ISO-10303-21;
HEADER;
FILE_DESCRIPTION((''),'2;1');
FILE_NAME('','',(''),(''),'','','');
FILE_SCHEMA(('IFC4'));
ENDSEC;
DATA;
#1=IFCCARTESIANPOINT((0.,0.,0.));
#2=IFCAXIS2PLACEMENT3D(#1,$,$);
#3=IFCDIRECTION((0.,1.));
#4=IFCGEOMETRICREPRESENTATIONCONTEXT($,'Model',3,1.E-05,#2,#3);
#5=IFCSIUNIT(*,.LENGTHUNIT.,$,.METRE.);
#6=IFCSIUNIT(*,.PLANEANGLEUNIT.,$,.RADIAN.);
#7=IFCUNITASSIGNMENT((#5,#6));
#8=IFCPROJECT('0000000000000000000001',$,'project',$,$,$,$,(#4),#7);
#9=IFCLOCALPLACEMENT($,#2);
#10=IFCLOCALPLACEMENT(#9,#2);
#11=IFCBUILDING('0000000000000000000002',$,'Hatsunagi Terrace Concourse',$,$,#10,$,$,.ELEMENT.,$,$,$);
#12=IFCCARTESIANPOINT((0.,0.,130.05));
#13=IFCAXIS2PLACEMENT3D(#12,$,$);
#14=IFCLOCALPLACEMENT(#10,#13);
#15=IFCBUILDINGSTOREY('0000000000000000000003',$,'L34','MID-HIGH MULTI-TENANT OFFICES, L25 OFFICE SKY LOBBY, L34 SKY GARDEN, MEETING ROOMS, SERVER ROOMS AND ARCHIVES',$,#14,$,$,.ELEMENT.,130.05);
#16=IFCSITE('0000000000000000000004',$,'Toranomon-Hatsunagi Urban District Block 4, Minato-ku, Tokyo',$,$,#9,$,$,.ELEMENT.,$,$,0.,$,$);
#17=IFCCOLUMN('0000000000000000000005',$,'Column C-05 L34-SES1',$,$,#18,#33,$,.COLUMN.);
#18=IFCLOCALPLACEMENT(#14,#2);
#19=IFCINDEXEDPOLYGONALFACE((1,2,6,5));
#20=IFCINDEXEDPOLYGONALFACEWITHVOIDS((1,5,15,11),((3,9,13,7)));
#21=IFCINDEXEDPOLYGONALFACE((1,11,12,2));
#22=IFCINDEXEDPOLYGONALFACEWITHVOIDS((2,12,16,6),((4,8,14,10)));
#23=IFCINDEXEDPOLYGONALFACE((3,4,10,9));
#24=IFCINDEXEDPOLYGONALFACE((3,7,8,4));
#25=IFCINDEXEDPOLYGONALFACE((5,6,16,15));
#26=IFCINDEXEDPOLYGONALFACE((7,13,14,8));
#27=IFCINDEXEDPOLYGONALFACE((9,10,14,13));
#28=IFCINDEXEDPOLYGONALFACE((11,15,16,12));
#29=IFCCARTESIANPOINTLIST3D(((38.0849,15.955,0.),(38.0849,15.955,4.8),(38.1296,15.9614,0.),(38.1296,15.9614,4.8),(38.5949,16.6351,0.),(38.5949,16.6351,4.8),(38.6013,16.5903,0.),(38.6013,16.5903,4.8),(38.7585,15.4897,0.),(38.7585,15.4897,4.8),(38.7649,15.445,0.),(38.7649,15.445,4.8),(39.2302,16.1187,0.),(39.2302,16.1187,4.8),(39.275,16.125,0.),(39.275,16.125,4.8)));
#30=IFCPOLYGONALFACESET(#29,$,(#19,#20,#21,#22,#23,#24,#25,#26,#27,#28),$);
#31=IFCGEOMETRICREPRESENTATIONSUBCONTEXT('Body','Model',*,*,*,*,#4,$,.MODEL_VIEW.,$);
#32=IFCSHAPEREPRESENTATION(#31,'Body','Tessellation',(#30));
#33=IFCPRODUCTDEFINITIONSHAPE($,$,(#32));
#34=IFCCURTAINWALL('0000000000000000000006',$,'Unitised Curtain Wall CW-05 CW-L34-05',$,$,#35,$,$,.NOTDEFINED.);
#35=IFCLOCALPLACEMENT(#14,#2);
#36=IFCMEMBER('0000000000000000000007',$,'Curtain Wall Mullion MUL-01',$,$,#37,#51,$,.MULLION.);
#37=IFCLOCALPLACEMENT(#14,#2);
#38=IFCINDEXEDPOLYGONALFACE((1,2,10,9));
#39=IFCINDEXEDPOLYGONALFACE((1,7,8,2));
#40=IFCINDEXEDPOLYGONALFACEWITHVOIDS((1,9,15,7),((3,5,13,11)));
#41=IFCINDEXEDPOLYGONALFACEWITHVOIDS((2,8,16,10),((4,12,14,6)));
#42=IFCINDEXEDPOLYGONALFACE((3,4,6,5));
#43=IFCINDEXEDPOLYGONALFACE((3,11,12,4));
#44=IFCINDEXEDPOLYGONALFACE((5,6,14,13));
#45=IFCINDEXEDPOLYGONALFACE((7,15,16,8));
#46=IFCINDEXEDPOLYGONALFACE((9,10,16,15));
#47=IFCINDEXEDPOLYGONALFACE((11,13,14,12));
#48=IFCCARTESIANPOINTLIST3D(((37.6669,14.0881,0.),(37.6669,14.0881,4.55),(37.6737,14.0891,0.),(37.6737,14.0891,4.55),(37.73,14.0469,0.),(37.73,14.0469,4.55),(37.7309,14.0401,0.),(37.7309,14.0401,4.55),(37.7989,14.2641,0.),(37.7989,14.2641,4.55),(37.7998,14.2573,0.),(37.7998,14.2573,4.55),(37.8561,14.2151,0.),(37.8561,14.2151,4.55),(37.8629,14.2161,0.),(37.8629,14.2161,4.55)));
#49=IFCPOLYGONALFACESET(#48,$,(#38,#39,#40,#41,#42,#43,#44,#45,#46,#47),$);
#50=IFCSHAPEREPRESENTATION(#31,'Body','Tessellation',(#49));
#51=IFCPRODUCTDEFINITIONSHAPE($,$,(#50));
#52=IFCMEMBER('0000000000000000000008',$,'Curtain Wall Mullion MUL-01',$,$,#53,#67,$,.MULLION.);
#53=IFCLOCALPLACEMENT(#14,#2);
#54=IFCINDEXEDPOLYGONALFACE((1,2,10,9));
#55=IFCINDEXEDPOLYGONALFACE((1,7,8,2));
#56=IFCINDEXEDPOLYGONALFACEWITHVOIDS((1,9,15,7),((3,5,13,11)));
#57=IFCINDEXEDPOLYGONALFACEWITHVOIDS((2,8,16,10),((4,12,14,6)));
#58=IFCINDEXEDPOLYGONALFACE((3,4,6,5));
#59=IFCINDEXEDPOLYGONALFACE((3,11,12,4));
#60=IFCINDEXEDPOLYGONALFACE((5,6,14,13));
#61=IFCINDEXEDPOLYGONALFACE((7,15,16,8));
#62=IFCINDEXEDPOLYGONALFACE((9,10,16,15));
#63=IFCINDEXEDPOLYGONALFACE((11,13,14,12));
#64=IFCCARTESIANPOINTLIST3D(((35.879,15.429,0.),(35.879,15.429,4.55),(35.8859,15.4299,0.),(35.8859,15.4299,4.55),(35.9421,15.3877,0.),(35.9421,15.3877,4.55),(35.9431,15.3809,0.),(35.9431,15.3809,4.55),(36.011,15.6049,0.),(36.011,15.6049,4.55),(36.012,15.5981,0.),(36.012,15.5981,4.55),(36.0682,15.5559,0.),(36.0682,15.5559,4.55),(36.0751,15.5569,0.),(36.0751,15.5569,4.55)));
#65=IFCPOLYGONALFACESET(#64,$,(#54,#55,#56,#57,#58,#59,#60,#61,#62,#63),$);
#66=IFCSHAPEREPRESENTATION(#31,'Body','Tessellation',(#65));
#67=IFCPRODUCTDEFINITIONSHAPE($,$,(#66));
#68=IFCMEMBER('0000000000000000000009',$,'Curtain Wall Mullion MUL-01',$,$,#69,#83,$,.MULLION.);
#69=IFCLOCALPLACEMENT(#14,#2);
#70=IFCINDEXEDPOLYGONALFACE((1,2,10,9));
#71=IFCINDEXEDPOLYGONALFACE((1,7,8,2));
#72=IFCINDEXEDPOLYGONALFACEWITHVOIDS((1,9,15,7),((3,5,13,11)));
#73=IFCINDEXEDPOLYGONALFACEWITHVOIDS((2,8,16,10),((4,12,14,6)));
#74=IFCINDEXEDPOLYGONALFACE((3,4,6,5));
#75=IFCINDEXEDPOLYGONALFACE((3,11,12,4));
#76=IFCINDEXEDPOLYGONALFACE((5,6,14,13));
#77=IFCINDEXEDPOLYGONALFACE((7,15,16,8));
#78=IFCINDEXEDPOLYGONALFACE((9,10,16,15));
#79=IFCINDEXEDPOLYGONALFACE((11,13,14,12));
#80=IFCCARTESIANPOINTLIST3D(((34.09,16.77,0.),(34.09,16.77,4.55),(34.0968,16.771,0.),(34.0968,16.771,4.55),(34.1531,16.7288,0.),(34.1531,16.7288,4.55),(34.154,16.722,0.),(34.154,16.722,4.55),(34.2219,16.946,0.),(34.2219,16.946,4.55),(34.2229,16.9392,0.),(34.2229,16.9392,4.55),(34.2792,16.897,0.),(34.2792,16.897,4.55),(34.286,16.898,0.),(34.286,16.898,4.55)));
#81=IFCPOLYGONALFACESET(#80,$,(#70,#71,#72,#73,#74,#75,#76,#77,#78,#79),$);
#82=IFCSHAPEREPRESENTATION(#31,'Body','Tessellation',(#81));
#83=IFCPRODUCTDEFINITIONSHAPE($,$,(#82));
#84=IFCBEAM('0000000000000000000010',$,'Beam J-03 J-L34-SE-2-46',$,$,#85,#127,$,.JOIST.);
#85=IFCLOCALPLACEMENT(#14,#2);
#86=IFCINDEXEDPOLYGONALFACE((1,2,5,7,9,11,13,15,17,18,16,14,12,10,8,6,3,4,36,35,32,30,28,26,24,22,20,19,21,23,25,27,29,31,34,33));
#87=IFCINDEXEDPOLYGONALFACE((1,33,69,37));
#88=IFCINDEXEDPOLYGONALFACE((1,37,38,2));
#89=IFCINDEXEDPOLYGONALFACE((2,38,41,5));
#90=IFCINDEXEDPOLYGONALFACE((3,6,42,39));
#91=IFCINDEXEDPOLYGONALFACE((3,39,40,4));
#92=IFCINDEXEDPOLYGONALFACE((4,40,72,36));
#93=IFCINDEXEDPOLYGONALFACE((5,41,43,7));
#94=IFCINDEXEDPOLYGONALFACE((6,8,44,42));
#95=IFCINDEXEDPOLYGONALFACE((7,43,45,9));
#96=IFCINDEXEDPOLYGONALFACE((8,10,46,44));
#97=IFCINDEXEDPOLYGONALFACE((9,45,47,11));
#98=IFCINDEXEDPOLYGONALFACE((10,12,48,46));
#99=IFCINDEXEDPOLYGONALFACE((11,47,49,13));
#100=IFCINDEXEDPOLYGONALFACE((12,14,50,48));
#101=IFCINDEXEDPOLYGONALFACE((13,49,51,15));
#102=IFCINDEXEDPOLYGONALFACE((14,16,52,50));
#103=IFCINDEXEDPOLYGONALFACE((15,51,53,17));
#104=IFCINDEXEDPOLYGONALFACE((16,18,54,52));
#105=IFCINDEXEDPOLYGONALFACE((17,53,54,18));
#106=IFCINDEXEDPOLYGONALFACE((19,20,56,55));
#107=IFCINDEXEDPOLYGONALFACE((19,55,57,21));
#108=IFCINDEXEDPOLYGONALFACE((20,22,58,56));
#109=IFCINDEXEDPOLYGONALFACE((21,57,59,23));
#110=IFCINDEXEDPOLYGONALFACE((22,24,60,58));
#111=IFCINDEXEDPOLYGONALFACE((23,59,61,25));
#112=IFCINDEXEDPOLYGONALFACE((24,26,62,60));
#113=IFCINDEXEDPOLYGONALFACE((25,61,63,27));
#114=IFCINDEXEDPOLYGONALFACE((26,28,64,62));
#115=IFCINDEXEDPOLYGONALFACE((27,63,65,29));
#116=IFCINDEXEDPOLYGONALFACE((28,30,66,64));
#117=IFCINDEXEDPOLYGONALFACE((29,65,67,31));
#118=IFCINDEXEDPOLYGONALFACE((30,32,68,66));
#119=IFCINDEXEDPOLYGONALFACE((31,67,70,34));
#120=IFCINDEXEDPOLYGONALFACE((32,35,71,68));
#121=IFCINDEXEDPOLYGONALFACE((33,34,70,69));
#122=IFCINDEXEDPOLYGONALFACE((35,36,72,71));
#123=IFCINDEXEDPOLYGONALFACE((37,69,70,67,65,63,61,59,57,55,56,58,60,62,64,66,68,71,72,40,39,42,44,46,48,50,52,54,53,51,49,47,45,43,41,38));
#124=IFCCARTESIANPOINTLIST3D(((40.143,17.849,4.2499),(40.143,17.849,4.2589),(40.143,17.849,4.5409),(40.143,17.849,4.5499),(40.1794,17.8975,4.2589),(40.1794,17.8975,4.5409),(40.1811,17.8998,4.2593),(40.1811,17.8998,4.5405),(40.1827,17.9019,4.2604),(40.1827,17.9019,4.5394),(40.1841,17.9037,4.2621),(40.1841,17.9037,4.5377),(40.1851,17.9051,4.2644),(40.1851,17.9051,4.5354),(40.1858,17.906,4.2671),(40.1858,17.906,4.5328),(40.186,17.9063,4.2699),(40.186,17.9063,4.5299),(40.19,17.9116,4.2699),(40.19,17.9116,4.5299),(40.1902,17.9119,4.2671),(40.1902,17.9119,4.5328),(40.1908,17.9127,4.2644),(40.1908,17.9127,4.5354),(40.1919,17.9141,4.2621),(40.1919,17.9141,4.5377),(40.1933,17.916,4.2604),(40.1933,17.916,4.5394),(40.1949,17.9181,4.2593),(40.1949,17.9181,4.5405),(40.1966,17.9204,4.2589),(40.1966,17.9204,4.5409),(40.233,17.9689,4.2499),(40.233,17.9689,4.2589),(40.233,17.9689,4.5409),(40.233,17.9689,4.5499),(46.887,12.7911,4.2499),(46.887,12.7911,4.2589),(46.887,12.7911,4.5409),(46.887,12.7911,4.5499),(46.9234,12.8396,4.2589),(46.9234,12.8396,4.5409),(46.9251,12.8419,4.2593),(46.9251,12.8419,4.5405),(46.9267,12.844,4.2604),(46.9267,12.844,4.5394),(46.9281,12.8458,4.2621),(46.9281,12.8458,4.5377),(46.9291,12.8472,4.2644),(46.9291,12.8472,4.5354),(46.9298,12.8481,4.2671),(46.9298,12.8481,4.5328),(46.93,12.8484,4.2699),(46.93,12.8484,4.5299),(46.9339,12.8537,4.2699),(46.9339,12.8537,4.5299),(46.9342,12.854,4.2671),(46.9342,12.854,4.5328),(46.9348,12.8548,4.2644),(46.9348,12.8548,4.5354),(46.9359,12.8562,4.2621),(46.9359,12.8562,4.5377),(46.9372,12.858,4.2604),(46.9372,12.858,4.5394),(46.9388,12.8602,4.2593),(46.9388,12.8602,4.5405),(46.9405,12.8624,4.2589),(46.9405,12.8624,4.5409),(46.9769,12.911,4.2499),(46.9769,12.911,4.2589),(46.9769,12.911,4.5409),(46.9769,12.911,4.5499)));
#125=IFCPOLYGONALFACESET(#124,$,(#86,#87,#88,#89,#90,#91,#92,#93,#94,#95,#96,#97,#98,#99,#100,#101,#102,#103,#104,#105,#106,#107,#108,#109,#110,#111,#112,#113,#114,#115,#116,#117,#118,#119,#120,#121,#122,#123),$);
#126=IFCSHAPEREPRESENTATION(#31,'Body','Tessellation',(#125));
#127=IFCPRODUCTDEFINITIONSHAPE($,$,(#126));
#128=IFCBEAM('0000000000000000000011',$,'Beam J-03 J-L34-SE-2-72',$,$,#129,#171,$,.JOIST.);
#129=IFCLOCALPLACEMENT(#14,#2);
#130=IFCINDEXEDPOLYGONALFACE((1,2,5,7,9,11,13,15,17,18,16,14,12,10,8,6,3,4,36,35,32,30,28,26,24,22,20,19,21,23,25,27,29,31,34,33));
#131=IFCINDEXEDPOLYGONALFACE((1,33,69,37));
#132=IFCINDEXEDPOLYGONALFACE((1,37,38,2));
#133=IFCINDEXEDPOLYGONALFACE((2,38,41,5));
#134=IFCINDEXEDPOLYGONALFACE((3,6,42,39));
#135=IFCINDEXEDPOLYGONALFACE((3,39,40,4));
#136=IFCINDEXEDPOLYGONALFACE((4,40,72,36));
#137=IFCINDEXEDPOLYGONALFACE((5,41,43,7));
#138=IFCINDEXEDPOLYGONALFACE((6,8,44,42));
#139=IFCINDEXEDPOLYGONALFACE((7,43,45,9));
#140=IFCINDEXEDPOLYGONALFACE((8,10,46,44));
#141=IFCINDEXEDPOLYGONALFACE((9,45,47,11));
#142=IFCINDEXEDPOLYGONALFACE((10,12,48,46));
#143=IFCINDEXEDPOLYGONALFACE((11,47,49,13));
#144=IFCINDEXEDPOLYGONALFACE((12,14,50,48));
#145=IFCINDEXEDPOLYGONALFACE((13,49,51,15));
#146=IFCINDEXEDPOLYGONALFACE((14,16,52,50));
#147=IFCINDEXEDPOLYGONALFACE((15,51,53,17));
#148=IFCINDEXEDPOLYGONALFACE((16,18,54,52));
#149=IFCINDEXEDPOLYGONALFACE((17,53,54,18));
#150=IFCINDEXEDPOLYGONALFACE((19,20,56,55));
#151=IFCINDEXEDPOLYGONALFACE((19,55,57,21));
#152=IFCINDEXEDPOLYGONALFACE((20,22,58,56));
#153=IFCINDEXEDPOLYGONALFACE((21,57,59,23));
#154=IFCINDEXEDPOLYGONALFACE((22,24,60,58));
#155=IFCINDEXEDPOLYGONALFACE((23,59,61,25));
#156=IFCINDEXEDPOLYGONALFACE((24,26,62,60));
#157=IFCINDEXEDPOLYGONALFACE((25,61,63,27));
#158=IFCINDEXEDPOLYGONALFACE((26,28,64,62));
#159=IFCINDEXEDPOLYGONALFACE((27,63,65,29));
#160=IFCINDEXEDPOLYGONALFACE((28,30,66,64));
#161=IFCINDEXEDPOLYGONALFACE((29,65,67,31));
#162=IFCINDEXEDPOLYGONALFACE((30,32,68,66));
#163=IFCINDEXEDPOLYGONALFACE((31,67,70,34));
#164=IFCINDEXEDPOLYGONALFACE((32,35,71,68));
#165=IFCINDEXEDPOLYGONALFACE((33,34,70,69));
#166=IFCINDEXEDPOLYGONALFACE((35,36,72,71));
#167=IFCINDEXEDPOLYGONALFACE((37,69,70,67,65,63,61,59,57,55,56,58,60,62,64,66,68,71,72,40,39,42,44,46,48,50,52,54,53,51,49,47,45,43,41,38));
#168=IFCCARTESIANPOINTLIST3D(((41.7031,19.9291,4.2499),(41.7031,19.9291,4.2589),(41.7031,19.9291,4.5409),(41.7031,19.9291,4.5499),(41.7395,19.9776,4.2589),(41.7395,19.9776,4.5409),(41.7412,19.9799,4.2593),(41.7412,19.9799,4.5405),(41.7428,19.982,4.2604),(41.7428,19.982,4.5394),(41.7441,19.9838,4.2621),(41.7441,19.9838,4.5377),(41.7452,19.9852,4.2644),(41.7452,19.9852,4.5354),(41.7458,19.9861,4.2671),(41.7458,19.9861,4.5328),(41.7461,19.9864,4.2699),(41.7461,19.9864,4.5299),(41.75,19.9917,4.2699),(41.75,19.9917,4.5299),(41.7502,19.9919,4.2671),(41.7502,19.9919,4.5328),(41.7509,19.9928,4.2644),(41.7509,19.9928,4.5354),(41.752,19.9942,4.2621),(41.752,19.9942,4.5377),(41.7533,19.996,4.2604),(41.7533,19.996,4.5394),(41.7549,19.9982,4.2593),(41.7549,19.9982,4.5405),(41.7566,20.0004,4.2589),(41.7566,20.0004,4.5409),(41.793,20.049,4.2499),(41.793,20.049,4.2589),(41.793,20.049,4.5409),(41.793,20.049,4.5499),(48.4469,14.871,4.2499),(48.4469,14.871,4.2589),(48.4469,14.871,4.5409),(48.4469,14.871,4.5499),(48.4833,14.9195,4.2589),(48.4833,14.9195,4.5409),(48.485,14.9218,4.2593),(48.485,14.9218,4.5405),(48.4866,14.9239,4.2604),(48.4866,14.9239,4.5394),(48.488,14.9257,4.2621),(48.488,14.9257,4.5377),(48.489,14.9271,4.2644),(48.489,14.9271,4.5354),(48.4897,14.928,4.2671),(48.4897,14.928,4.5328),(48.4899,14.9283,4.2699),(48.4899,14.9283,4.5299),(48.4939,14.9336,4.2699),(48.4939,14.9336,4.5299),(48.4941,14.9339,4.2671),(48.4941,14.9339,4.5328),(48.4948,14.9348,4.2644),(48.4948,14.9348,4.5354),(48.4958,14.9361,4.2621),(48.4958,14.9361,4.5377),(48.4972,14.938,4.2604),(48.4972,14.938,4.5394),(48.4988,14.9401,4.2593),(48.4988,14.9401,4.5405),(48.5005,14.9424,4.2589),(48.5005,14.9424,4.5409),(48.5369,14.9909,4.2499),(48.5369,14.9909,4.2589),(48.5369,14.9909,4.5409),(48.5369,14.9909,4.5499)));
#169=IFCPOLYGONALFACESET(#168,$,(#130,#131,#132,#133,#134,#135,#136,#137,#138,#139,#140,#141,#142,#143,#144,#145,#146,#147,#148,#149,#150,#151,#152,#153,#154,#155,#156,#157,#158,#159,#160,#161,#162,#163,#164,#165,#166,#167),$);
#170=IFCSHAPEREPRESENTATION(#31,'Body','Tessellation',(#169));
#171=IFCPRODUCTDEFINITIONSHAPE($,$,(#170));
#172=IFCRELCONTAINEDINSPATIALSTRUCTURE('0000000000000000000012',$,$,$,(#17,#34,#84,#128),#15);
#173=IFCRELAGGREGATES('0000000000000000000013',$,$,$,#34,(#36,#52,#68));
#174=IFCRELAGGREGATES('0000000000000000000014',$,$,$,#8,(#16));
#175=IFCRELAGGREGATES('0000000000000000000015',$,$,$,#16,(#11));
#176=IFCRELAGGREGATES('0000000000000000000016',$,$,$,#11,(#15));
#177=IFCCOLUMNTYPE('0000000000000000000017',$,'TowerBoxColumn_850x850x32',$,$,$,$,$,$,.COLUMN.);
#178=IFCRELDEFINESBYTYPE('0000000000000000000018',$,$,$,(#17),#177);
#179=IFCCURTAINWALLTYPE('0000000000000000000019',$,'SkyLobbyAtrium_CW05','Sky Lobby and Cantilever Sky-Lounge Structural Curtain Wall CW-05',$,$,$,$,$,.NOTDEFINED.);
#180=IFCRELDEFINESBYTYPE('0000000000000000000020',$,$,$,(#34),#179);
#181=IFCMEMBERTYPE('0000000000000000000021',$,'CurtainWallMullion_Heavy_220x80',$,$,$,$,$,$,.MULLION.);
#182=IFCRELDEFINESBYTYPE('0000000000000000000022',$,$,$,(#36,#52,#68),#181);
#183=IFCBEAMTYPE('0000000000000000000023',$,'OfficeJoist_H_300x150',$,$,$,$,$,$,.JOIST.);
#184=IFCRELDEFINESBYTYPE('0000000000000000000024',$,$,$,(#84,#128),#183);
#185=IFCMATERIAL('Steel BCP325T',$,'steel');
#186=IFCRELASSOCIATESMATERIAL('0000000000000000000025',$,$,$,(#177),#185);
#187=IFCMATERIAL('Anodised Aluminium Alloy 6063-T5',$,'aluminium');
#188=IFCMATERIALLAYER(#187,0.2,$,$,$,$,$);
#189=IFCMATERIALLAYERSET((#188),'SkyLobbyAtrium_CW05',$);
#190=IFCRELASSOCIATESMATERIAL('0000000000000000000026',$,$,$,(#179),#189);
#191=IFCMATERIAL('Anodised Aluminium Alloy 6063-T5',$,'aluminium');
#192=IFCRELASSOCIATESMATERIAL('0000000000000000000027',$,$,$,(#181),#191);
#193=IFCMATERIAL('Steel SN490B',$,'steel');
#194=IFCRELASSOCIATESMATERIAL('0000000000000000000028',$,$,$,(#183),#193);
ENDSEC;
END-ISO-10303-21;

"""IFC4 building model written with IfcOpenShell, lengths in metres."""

from ifc_helpers import new_model, si_unit, direction, frame, origin, origin_2d, place, context, subcontext, project, spatial, hollow_rectangle, i_section, extrude, material, layer, layer_set, material_profile, profile_set, type_object, element, aggregate, save


model = new_model("IFC4")

# Units and contexts
model_context = context("Model", 3, precision=1e-05, world=origin(), true_north=direction((0.0, 1.0)))
body_context = subcontext(model_context, "Body", "Model", "MODEL_VIEW")
ifc_project = project(units=[si_unit("LENGTHUNIT", "METRE"), si_unit("PLANEANGLEUNIT", "RADIAN")], contexts=[model_context])

# Site, building, storey
site_placement = place(None, origin())
site = spatial("IfcSite", under=ifc_project, at=site_placement, Name="Toranomon-Hatsunagi Urban District Block 4, Minato-ku, Tokyo", CompositionType="ELEMENT", RefElevation=0.0)
building_placement = place(site_placement, origin())
building = spatial("IfcBuilding", under=site, at=building_placement, Name="Hatsunagi Terrace Concourse", CompositionType="ELEMENT")
storey_placement = place(building_placement, frame((0.0, 0.0, 130.05)))
storey = spatial("IfcBuildingStorey", under=building, at=storey_placement, Name="L34", Description="MID-HIGH MULTI-TENANT OFFICES, L25 OFFICE SKY LOBBY, L34 SKY GARDEN, MEETING ROOMS, SERVER ROOMS AND ARCHIVES", CompositionType="ELEMENT", Elevation=130.05)

# Column
ifc_material_1 = material(Name="Steel BCP325T", Category="steel")
ifc_material_profile_1 = material_profile(ifc_material_1, hollow_rectangle(XDim=0.8501, YDim=0.8501, WallThickness=0.032, at=origin_2d()), Name="BCP-850x850x32")
ifc_profile_set_1 = profile_set([ifc_material_profile_1], Name="Steel BCP325T")
column_type = type_object("IfcColumnType", Name="TowerBoxColumn_850x850x32", PredefinedType="COLUMN", material=ifc_profile_set_1)
column_placement = place(storey_placement, frame((38.6799, 16.04, 0.0), z_axis=(0.0, 0.0, 1.0), x_axis=(0.8, -0.6, 0.0)))
element("IfcColumn", 1, at=column_placement, inside=storey, type_object=column_type, Name="Column C-05 L34-SES1", PredefinedType="COLUMN", context=body_context, shape_type="SweptSolid", body=[
    extrude(hollow_rectangle(XDim=0.8501, YDim=0.8501, WallThickness=0.032, at=origin_2d()), origin(), (0.0, 0.0, 1.0), 4.8),
])

# Curtain wall, members
ifc_material_2 = material(Name="Anodised Aluminium Alloy 6063-T5", Category="aluminium")
ifc_layer_1 = layer(ifc_material_2, 0.2)
ifc_layer_set_1 = layer_set([ifc_layer_1], Name="SkyLobbyAtrium_CW05")
curtain_wall_type = type_object("IfcCurtainWallType", Name="SkyLobbyAtrium_CW05", Description="Sky Lobby and Cantilever Sky-Lounge Structural Curtain Wall CW-05", PredefinedType="NOTDEFINED", material=ifc_layer_set_1)
curtain_wall_placement = place(storey_placement, origin())
curtain_wall = element("IfcCurtainWall", 2, at=curtain_wall_placement, inside=storey, type_object=curtain_wall_type, Name="Unitised Curtain Wall CW-05 CW-L34-05", PredefinedType="NOTDEFINED")
ifc_material_3 = material(Name="Anodised Aluminium Alloy 6063-T5", Category="aluminium")
ifc_material_profile_2 = material_profile(ifc_material_3, hollow_rectangle(XDim=0.0801, YDim=0.22, WallThickness=0.0049, at=origin_2d()), Name="ALU-MUL-220x80x5")
ifc_profile_set_2 = profile_set([ifc_material_profile_2], Name="Anodised Aluminium Alloy 6063-T5")
member_type = type_object("IfcMemberType", Name="CurtainWallMullion_Heavy_220x80", PredefinedType="MULLION", material=ifc_profile_set_2)
member_1_placement = place(storey_placement, frame((37.7649, 14.1521, 0.0), z_axis=(0.0, 0.0, 1.0), x_axis=(-0.800005, 0.599993, 0.0)))
member_1 = element("IfcMember", 3, at=member_1_placement, type_object=member_type, Name="Curtain Wall Mullion MUL-01", PredefinedType="MULLION", context=body_context, shape_type="SweptSolid", body=[
    extrude(hollow_rectangle(XDim=0.0801, YDim=0.22, WallThickness=0.0049, at=origin_2d()), origin(), (0.0, 0.0, 1.0), 4.55),
])
member_2_placement = place(storey_placement, frame((35.9771, 15.4929, 0.0), z_axis=(0.0, 0.0, 1.0), x_axis=(-0.800005, 0.599993, 0.0)))
member_2 = element("IfcMember", 4, at=member_2_placement, type_object=member_type, Name="Curtain Wall Mullion MUL-01", PredefinedType="MULLION", context=body_context, shape_type="SweptSolid", body=[
    extrude(hollow_rectangle(XDim=0.0801, YDim=0.22, WallThickness=0.0049, at=origin_2d()), origin(), (0.0, 0.0, 1.0), 4.55),
])
member_3_placement = place(storey_placement, frame((34.188, 16.834, 0.0), z_axis=(0.0, 0.0, 1.0), x_axis=(-0.800005, 0.599993, 0.0)))
member_3 = element("IfcMember", 5, at=member_3_placement, type_object=member_type, Name="Curtain Wall Mullion MUL-01", PredefinedType="MULLION", context=body_context, shape_type="SweptSolid", body=[
    extrude(hollow_rectangle(XDim=0.0801, YDim=0.22, WallThickness=0.0049, at=origin_2d()), origin(), (0.0, 0.0, 1.0), 4.55),
])

# Beams
ifc_material_4 = material(Name="Steel SN490B", Category="steel")
ifc_material_profile_3 = material_profile(ifc_material_4, i_section(OverallWidth=0.1499, OverallDepth=0.3, WebThickness=0.0066, FlangeThickness=0.009, FilletRadius=0.011, at=origin_2d()), Name="H-300x150x6.5x9")
ifc_profile_set_3 = profile_set([ifc_material_profile_3], Name="Steel SN490B")
beam_type_1 = type_object("IfcBeamType", Name="OfficeJoist_H_300x150", PredefinedType="JOIST", material=ifc_profile_set_3)
for number, where, z_axis, x_axis, name in (
    (6, (40.188, 17.9089, 4.3999), (0.800003, -0.599995, 0.0), (0.599995, 0.800003, 0.0), "Beam J-03 J-L34-SE-2-46"),
    (7, (41.748, 19.989, 4.3999), (0.79999, -0.600014, 0.0), (0.600014, 0.79999, 0.0), "Beam J-03 J-L34-SE-2-72"),
):
    element("IfcBeam", number, at=place(storey_placement, frame(where, z_axis=z_axis, x_axis=x_axis)), inside=storey, type_object=beam_type_1, Name=name, PredefinedType="JOIST", context=body_context, shape_type="SweptSolid", body=[
        extrude(i_section(OverallWidth=0.1499, OverallDepth=0.3, WebThickness=0.0066, FlangeThickness=0.009, FilletRadius=0.011, at=origin_2d()), origin(), (0.0, 0.0, 1.0), 8.4299),
    ])

aggregate(curtain_wall, [member_1, member_2, member_3])

save(model, "model.ifc")
